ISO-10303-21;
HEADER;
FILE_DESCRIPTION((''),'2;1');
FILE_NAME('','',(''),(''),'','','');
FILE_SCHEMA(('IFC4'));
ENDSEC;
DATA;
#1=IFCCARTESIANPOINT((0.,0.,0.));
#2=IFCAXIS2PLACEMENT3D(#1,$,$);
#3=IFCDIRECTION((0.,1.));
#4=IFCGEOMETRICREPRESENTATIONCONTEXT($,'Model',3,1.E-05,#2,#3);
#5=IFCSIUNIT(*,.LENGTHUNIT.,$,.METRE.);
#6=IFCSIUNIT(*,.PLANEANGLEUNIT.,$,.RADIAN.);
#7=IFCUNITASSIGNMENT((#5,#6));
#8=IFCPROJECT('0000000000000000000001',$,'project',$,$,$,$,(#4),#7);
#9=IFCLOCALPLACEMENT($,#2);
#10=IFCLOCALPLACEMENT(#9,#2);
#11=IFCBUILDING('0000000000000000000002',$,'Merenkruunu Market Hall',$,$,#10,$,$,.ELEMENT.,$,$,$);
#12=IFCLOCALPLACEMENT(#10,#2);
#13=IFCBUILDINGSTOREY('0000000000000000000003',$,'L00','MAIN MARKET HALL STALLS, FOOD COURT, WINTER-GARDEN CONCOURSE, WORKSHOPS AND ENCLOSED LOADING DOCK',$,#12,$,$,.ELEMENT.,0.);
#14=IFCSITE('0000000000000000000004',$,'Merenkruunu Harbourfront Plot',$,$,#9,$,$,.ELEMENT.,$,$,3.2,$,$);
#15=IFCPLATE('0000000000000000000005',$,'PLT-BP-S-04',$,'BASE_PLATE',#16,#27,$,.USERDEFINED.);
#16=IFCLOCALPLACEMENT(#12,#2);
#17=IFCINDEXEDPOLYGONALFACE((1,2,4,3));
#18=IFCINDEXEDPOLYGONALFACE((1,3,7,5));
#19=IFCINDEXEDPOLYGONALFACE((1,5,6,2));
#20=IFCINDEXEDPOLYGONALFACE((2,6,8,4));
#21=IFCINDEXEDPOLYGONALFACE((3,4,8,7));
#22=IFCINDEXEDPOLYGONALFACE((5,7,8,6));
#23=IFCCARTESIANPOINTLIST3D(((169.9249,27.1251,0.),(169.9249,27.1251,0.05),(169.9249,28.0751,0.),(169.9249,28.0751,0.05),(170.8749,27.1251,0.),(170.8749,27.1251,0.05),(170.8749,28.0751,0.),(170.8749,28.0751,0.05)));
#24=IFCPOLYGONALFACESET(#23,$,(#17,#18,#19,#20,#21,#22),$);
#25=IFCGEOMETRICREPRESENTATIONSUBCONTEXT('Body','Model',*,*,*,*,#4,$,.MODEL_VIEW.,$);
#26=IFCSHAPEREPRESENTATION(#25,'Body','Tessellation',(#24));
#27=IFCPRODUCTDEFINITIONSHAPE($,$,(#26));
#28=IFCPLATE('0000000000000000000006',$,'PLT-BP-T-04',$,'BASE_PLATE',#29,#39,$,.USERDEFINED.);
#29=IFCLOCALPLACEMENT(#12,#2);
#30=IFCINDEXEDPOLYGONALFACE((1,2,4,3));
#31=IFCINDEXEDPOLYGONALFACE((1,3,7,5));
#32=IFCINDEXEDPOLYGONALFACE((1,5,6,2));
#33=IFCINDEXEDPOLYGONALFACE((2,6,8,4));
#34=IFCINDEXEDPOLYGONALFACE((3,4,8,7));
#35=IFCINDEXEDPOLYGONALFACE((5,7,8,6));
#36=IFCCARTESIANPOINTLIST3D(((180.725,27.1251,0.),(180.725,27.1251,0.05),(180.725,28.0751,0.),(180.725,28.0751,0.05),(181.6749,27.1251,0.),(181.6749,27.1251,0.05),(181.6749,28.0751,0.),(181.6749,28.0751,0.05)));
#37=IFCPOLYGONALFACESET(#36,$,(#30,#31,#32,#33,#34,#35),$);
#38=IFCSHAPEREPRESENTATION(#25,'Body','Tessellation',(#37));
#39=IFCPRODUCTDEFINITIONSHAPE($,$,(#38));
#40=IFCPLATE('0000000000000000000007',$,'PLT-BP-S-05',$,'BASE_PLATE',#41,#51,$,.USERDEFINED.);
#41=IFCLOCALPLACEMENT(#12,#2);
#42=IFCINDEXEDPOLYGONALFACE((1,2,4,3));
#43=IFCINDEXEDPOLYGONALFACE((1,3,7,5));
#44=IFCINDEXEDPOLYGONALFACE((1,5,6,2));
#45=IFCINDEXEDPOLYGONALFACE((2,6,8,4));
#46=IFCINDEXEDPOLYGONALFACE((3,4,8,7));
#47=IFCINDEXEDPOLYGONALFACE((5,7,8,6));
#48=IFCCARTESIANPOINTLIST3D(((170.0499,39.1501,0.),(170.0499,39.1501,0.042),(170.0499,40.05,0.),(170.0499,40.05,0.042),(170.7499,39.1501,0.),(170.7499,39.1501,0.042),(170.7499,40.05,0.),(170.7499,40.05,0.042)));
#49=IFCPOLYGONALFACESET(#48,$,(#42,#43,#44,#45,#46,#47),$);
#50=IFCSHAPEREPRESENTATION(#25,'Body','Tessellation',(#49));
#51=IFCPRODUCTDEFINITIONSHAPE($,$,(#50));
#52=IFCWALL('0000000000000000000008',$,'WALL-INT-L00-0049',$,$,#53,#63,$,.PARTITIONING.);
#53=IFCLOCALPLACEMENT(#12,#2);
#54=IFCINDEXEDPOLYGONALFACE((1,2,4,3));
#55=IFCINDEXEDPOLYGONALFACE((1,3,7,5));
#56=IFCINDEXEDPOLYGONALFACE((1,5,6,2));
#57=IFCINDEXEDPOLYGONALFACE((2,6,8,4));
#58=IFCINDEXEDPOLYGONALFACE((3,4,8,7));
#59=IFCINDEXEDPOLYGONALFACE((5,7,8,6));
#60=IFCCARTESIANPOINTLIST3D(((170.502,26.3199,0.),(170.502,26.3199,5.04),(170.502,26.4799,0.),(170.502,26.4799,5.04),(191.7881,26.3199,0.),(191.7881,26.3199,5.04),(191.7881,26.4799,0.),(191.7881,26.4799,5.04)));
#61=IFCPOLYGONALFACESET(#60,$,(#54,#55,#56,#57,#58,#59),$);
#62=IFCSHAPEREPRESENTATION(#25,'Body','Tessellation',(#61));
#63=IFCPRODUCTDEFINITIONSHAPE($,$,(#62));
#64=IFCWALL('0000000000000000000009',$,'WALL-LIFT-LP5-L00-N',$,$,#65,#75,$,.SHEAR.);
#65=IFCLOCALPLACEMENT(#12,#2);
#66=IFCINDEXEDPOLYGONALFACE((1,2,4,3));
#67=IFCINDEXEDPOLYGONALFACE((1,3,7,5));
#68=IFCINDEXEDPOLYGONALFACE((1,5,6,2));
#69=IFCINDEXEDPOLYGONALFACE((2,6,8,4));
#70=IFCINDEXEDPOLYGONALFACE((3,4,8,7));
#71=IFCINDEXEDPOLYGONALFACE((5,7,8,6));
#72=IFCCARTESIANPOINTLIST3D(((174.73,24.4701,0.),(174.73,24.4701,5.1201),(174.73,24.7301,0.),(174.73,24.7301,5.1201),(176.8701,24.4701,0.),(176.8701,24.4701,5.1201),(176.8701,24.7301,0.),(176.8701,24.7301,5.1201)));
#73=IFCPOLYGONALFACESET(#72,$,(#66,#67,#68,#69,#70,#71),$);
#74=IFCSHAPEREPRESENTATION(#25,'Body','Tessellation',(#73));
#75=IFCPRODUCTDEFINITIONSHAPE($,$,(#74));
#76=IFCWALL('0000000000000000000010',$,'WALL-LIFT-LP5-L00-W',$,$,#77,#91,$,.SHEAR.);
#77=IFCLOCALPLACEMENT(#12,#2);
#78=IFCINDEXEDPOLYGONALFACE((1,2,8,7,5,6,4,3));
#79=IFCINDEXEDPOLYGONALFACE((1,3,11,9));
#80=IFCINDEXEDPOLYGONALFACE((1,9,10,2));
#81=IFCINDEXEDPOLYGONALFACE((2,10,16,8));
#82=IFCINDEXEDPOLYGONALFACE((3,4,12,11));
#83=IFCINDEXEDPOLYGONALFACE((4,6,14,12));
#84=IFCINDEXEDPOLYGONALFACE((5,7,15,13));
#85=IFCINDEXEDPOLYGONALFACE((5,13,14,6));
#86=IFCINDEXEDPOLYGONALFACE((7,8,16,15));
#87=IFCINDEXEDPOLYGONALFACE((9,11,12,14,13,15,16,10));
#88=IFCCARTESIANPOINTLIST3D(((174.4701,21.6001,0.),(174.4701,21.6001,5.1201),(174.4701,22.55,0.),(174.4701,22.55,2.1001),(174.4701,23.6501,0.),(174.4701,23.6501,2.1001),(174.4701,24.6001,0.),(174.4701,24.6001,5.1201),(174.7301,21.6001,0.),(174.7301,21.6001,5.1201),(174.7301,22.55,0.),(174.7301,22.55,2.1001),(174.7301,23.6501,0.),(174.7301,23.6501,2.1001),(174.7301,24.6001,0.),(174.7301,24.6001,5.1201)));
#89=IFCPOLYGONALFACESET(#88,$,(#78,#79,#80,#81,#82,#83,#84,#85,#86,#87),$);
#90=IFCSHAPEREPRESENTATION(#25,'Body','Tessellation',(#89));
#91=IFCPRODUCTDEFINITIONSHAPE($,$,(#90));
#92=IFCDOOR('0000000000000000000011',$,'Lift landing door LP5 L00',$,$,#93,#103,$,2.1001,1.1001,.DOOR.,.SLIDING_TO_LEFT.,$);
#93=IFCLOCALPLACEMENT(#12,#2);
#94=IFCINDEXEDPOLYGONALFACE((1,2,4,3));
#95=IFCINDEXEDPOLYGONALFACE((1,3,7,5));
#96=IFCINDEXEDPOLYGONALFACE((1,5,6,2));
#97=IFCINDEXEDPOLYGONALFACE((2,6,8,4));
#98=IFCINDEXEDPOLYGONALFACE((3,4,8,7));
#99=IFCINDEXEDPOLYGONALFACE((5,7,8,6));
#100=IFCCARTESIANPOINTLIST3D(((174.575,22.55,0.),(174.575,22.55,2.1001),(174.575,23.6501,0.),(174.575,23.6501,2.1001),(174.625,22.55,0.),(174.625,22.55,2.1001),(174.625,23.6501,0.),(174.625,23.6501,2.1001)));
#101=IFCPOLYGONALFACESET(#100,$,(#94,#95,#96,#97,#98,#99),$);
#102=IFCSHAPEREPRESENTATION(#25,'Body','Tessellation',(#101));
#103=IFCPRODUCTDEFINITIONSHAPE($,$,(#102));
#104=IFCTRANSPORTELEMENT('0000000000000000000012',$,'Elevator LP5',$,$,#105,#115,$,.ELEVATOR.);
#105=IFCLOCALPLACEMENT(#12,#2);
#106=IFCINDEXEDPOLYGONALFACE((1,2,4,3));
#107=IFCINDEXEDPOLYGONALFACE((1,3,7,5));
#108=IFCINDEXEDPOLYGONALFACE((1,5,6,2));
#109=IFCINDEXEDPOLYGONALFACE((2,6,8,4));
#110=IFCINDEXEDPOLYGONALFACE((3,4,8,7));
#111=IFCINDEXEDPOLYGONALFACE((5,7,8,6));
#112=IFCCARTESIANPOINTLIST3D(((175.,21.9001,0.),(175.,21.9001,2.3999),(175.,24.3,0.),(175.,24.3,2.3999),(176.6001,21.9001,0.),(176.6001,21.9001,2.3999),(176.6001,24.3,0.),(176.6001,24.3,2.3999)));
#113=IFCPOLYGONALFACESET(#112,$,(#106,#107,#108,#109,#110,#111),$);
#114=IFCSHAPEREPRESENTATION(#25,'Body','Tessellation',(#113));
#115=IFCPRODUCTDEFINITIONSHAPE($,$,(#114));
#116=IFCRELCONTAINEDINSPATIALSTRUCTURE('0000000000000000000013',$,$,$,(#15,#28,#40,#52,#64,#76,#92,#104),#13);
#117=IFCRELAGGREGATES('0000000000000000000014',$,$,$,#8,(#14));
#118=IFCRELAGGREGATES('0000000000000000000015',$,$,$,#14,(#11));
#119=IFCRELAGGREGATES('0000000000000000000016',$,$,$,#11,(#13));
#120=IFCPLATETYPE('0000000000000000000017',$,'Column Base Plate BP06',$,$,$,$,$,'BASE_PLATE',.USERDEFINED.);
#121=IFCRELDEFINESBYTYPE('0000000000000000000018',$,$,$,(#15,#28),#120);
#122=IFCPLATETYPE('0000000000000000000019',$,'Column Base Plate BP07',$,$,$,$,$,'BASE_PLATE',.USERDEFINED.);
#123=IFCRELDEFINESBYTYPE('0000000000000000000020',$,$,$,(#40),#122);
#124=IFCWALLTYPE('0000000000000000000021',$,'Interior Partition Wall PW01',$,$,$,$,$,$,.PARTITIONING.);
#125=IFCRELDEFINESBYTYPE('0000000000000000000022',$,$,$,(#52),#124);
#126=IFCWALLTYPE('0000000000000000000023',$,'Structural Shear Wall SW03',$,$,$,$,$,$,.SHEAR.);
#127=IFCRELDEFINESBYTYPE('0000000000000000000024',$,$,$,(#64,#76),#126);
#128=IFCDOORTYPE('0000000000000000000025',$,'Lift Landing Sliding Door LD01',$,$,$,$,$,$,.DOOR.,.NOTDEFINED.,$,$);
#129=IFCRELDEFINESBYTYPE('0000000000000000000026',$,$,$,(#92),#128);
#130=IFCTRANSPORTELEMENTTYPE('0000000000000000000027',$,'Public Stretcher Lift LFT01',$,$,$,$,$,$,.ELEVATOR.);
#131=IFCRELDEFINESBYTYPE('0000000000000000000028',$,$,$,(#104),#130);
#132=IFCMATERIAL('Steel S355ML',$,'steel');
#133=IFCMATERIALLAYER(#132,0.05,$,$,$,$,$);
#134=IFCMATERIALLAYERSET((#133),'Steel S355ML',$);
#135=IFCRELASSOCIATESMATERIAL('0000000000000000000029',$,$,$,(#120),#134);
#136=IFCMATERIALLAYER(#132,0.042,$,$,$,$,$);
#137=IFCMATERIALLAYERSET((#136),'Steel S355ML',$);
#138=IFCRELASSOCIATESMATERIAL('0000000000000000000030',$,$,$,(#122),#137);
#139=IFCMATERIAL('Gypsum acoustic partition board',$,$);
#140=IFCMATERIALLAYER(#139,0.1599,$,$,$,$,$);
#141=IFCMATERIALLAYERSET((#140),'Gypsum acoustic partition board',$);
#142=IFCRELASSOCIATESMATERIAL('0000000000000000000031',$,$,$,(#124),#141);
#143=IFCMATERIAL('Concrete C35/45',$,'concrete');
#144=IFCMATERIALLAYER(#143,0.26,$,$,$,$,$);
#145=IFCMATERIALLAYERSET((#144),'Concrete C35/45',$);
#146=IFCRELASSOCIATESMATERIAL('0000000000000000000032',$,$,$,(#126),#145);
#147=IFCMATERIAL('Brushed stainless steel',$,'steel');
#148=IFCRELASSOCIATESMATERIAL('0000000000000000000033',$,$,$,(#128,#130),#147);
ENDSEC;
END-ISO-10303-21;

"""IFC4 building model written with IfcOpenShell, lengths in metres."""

from ifc_helpers import new_model, si_unit, direction, frame, frame_2d, origin, origin_2d, place, context, subcontext, project, spatial, rectangle, extrude, material, layer, layer_set, type_object, element, fill, save


model = new_model("IFC4")

# Units and contexts
model_context = context("Model", 3, precision=1e-05, world=origin(), true_north=direction((0.0, 1.0)))
body_context = subcontext(model_context, "Body", "Model", "MODEL_VIEW")
ifc_project = project(units=[si_unit("LENGTHUNIT", "METRE"), si_unit("PLANEANGLEUNIT", "RADIAN")], contexts=[model_context])

# Site, building, storey
site_placement = place(None, origin())
site = spatial("IfcSite", under=ifc_project, at=site_placement, Name="Merenkruunu Harbourfront Plot", CompositionType="ELEMENT", RefElevation=3.2)
building_placement = place(site_placement, origin())
building = spatial("IfcBuilding", under=site, at=building_placement, Name="Merenkruunu Market Hall", CompositionType="ELEMENT")
storey_placement = place(building_placement, origin())
storey = spatial("IfcBuildingStorey", under=building, at=storey_placement, Name="L00", Description="MAIN MARKET HALL STALLS, FOOD COURT, WINTER-GARDEN CONCOURSE, WORKSHOPS AND ENCLOSED LOADING DOCK", CompositionType="ELEMENT", Elevation=0.0)

# Shared definitions
ifc_material_1 = material(Name="Steel S355ML", Category="steel")

# Plates
ifc_layer_1 = layer(ifc_material_1, 0.05)
ifc_layer_set_1 = layer_set([ifc_layer_1], Name="Steel S355ML")
plate_type_1 = type_object("IfcPlateType", Name="Column Base Plate BP06", ElementType="BASE_PLATE", PredefinedType="USERDEFINED", material=ifc_layer_set_1)
for number, where, z_axis, x_axis, name in (
    (1, (170.3999, 27.6001, 0.0), (0.0, 0.0, 1.0), (1.0, 0.0, 0.0), "PLT-BP-S-04"),
    (2, (181.2, 27.6001, 0.0), (0.0, 0.0, 1.0), (1.0, 0.0, 0.0), "PLT-BP-T-04"),
):
    element("IfcPlate", number, at=place(storey_placement, frame(where, z_axis=z_axis, x_axis=x_axis)), inside=storey, type_object=plate_type_1, Name=name, ObjectType="BASE_PLATE", PredefinedType="USERDEFINED", context=body_context, shape_type="SweptSolid", body=[
        extrude(rectangle(XDim=0.95, YDim=0.95, at=origin_2d()), origin(), (0.0, 0.0, 1.0), 0.05),
    ])
ifc_layer_2 = layer(ifc_material_1, 0.042)
ifc_layer_set_2 = layer_set([ifc_layer_2], Name="Steel S355ML")
plate_type_2 = type_object("IfcPlateType", Name="Column Base Plate BP07", ElementType="BASE_PLATE", PredefinedType="USERDEFINED", material=ifc_layer_set_2)
plate_placement = place(storey_placement, frame((170.3999, 39.6001, 0.0), z_axis=(0.0, 0.0, 1.0), x_axis=(1.0, 0.0, 0.0)))
element("IfcPlate", 3, at=plate_placement, inside=storey, type_object=plate_type_2, Name="PLT-BP-S-05", ObjectType="BASE_PLATE", PredefinedType="USERDEFINED", context=body_context, shape_type="SweptSolid", body=[
    extrude(rectangle(XDim=0.7, YDim=0.8999, at=origin_2d()), origin(), (0.0, 0.0, 1.0), 0.042),
])

# Walls
ifc_material_2 = material(Name="Gypsum acoustic partition board")
ifc_layer_3 = layer(ifc_material_2, 0.1599)
ifc_layer_set_3 = layer_set([ifc_layer_3], Name="Gypsum acoustic partition board")
wall_type_1 = type_object("IfcWallType", Name="Interior Partition Wall PW01", PredefinedType="PARTITIONING", material=ifc_layer_set_3)
wall_1_placement = place(storey_placement, frame((170.502, 26.3999, 0.0), z_axis=(0.0, 0.0, 1.0), x_axis=(1.0, 0.0, 0.0)))
element("IfcWall", 4, at=wall_1_placement, inside=storey, type_object=wall_type_1, Name="WALL-INT-L00-0049", PredefinedType="PARTITIONING", context=body_context, shape_type="SweptSolid", body=[
    extrude(rectangle(XDim=21.2861, YDim=0.1599, at=frame_2d((10.6431, 0.0))), origin(), (0.0, 0.0, 1.0), 5.04),
])
ifc_material_3 = material(Name="Concrete C35/45", Category="concrete")
ifc_layer_4 = layer(ifc_material_3, 0.26)
ifc_layer_set_4 = layer_set([ifc_layer_4], Name="Concrete C35/45")
wall_type_2 = type_object("IfcWallType", Name="Structural Shear Wall SW03", PredefinedType="SHEAR", material=ifc_layer_set_4)
wall_2_placement = place(storey_placement, frame((176.8701, 24.6001, 0.0), z_axis=(0.0, 0.0, 1.0), x_axis=(-1.0, 0.0, 0.0)))
element("IfcWall", 5, at=wall_2_placement, inside=storey, type_object=wall_type_2, Name="WALL-LIFT-LP5-L00-N", PredefinedType="SHEAR", context=body_context, shape_type="SweptSolid", body=[
    extrude(rectangle(XDim=2.1401, YDim=0.26, at=frame_2d((1.0701, 0.0))), origin(), (0.0, 0.0, 1.0), 5.1201),
])

# Wall, opening, door
wall_3_placement = place(storey_placement, frame((174.6001, 24.6001, 0.0), z_axis=(0.0, 0.0, 1.0), x_axis=(0.0, -1.0, 0.0)))
wall_3 = element("IfcWall", 6, at=wall_3_placement, inside=storey, type_object=wall_type_2, Name="WALL-LIFT-LP5-L00-W", PredefinedType="SHEAR", context=body_context, shape_type="SweptSolid", body=[
    extrude(rectangle(XDim=3.0, YDim=0.26, at=frame_2d((1.5, 0.0))), origin(), (0.0, 0.0, 1.0), 5.1201),
])
opening_placement = place(wall_3_placement, frame((0.95, 0.0, 0.0)))
opening = element("IfcOpeningElement", 7, at=opening_placement, cuts=wall_3, PredefinedType="OPENING", context=body_context, shape_type="SweptSolid", body=[
    extrude(rectangle(XDim=1.1001, YDim=2.1001, at=frame_2d((0.55, 1.05))), frame((0.0, 0.1401, 0.0), z_axis=(0.0, -1.0, 0.0), x_axis=(1.0, 0.0, 0.0)), (0.0, 0.0, 1.0), 0.28),
])
ifc_material_4 = material(Name="Brushed stainless steel", Category="steel")
door_type = type_object("IfcDoorType", Name="Lift Landing Sliding Door LD01", OperationType="NOTDEFINED", PredefinedType="DOOR", material=ifc_material_4)
door_placement = place(opening_placement, origin())
door = element("IfcDoor", 8, at=door_placement, inside=storey, type_object=door_type, Name="Lift landing door LP5 L00", OperationType="SLIDING_TO_LEFT", OverallHeight=2.1001, OverallWidth=1.1001, PredefinedType="DOOR", context=body_context, shape_type="SweptSolid", body=[
    extrude(rectangle(XDim=1.1001, YDim=2.1001, at=frame_2d((0.55, 1.05))), frame((0.0, 0.0249, 0.0), z_axis=(0.0, -1.0, 0.0), x_axis=(1.0, 0.0, 0.0)), (0.0, 0.0, 1.0), 0.05),
])
fill(opening, door)

# Transport element
transport_element_type = type_object("IfcTransportElementType", Name="Public Stretcher Lift LFT01", PredefinedType="ELEVATOR", material=ifc_material_4)
transport_element_placement = place(storey_placement, frame((175.8, 23.1001, 0.0), z_axis=(0.0, 0.0, 1.0), x_axis=(1.0, 0.0, 0.0)))
element("IfcTransportElement", 9, at=transport_element_placement, inside=storey, type_object=transport_element_type, Name="Elevator LP5", PredefinedType="ELEVATOR", context=body_context, shape_type="SweptSolid", body=[
    extrude(rectangle(XDim=1.6001, YDim=2.3999, at=origin_2d()), origin(), (0.0, 0.0, 1.0), 2.3999),
])

save(model, "model.ifc")
